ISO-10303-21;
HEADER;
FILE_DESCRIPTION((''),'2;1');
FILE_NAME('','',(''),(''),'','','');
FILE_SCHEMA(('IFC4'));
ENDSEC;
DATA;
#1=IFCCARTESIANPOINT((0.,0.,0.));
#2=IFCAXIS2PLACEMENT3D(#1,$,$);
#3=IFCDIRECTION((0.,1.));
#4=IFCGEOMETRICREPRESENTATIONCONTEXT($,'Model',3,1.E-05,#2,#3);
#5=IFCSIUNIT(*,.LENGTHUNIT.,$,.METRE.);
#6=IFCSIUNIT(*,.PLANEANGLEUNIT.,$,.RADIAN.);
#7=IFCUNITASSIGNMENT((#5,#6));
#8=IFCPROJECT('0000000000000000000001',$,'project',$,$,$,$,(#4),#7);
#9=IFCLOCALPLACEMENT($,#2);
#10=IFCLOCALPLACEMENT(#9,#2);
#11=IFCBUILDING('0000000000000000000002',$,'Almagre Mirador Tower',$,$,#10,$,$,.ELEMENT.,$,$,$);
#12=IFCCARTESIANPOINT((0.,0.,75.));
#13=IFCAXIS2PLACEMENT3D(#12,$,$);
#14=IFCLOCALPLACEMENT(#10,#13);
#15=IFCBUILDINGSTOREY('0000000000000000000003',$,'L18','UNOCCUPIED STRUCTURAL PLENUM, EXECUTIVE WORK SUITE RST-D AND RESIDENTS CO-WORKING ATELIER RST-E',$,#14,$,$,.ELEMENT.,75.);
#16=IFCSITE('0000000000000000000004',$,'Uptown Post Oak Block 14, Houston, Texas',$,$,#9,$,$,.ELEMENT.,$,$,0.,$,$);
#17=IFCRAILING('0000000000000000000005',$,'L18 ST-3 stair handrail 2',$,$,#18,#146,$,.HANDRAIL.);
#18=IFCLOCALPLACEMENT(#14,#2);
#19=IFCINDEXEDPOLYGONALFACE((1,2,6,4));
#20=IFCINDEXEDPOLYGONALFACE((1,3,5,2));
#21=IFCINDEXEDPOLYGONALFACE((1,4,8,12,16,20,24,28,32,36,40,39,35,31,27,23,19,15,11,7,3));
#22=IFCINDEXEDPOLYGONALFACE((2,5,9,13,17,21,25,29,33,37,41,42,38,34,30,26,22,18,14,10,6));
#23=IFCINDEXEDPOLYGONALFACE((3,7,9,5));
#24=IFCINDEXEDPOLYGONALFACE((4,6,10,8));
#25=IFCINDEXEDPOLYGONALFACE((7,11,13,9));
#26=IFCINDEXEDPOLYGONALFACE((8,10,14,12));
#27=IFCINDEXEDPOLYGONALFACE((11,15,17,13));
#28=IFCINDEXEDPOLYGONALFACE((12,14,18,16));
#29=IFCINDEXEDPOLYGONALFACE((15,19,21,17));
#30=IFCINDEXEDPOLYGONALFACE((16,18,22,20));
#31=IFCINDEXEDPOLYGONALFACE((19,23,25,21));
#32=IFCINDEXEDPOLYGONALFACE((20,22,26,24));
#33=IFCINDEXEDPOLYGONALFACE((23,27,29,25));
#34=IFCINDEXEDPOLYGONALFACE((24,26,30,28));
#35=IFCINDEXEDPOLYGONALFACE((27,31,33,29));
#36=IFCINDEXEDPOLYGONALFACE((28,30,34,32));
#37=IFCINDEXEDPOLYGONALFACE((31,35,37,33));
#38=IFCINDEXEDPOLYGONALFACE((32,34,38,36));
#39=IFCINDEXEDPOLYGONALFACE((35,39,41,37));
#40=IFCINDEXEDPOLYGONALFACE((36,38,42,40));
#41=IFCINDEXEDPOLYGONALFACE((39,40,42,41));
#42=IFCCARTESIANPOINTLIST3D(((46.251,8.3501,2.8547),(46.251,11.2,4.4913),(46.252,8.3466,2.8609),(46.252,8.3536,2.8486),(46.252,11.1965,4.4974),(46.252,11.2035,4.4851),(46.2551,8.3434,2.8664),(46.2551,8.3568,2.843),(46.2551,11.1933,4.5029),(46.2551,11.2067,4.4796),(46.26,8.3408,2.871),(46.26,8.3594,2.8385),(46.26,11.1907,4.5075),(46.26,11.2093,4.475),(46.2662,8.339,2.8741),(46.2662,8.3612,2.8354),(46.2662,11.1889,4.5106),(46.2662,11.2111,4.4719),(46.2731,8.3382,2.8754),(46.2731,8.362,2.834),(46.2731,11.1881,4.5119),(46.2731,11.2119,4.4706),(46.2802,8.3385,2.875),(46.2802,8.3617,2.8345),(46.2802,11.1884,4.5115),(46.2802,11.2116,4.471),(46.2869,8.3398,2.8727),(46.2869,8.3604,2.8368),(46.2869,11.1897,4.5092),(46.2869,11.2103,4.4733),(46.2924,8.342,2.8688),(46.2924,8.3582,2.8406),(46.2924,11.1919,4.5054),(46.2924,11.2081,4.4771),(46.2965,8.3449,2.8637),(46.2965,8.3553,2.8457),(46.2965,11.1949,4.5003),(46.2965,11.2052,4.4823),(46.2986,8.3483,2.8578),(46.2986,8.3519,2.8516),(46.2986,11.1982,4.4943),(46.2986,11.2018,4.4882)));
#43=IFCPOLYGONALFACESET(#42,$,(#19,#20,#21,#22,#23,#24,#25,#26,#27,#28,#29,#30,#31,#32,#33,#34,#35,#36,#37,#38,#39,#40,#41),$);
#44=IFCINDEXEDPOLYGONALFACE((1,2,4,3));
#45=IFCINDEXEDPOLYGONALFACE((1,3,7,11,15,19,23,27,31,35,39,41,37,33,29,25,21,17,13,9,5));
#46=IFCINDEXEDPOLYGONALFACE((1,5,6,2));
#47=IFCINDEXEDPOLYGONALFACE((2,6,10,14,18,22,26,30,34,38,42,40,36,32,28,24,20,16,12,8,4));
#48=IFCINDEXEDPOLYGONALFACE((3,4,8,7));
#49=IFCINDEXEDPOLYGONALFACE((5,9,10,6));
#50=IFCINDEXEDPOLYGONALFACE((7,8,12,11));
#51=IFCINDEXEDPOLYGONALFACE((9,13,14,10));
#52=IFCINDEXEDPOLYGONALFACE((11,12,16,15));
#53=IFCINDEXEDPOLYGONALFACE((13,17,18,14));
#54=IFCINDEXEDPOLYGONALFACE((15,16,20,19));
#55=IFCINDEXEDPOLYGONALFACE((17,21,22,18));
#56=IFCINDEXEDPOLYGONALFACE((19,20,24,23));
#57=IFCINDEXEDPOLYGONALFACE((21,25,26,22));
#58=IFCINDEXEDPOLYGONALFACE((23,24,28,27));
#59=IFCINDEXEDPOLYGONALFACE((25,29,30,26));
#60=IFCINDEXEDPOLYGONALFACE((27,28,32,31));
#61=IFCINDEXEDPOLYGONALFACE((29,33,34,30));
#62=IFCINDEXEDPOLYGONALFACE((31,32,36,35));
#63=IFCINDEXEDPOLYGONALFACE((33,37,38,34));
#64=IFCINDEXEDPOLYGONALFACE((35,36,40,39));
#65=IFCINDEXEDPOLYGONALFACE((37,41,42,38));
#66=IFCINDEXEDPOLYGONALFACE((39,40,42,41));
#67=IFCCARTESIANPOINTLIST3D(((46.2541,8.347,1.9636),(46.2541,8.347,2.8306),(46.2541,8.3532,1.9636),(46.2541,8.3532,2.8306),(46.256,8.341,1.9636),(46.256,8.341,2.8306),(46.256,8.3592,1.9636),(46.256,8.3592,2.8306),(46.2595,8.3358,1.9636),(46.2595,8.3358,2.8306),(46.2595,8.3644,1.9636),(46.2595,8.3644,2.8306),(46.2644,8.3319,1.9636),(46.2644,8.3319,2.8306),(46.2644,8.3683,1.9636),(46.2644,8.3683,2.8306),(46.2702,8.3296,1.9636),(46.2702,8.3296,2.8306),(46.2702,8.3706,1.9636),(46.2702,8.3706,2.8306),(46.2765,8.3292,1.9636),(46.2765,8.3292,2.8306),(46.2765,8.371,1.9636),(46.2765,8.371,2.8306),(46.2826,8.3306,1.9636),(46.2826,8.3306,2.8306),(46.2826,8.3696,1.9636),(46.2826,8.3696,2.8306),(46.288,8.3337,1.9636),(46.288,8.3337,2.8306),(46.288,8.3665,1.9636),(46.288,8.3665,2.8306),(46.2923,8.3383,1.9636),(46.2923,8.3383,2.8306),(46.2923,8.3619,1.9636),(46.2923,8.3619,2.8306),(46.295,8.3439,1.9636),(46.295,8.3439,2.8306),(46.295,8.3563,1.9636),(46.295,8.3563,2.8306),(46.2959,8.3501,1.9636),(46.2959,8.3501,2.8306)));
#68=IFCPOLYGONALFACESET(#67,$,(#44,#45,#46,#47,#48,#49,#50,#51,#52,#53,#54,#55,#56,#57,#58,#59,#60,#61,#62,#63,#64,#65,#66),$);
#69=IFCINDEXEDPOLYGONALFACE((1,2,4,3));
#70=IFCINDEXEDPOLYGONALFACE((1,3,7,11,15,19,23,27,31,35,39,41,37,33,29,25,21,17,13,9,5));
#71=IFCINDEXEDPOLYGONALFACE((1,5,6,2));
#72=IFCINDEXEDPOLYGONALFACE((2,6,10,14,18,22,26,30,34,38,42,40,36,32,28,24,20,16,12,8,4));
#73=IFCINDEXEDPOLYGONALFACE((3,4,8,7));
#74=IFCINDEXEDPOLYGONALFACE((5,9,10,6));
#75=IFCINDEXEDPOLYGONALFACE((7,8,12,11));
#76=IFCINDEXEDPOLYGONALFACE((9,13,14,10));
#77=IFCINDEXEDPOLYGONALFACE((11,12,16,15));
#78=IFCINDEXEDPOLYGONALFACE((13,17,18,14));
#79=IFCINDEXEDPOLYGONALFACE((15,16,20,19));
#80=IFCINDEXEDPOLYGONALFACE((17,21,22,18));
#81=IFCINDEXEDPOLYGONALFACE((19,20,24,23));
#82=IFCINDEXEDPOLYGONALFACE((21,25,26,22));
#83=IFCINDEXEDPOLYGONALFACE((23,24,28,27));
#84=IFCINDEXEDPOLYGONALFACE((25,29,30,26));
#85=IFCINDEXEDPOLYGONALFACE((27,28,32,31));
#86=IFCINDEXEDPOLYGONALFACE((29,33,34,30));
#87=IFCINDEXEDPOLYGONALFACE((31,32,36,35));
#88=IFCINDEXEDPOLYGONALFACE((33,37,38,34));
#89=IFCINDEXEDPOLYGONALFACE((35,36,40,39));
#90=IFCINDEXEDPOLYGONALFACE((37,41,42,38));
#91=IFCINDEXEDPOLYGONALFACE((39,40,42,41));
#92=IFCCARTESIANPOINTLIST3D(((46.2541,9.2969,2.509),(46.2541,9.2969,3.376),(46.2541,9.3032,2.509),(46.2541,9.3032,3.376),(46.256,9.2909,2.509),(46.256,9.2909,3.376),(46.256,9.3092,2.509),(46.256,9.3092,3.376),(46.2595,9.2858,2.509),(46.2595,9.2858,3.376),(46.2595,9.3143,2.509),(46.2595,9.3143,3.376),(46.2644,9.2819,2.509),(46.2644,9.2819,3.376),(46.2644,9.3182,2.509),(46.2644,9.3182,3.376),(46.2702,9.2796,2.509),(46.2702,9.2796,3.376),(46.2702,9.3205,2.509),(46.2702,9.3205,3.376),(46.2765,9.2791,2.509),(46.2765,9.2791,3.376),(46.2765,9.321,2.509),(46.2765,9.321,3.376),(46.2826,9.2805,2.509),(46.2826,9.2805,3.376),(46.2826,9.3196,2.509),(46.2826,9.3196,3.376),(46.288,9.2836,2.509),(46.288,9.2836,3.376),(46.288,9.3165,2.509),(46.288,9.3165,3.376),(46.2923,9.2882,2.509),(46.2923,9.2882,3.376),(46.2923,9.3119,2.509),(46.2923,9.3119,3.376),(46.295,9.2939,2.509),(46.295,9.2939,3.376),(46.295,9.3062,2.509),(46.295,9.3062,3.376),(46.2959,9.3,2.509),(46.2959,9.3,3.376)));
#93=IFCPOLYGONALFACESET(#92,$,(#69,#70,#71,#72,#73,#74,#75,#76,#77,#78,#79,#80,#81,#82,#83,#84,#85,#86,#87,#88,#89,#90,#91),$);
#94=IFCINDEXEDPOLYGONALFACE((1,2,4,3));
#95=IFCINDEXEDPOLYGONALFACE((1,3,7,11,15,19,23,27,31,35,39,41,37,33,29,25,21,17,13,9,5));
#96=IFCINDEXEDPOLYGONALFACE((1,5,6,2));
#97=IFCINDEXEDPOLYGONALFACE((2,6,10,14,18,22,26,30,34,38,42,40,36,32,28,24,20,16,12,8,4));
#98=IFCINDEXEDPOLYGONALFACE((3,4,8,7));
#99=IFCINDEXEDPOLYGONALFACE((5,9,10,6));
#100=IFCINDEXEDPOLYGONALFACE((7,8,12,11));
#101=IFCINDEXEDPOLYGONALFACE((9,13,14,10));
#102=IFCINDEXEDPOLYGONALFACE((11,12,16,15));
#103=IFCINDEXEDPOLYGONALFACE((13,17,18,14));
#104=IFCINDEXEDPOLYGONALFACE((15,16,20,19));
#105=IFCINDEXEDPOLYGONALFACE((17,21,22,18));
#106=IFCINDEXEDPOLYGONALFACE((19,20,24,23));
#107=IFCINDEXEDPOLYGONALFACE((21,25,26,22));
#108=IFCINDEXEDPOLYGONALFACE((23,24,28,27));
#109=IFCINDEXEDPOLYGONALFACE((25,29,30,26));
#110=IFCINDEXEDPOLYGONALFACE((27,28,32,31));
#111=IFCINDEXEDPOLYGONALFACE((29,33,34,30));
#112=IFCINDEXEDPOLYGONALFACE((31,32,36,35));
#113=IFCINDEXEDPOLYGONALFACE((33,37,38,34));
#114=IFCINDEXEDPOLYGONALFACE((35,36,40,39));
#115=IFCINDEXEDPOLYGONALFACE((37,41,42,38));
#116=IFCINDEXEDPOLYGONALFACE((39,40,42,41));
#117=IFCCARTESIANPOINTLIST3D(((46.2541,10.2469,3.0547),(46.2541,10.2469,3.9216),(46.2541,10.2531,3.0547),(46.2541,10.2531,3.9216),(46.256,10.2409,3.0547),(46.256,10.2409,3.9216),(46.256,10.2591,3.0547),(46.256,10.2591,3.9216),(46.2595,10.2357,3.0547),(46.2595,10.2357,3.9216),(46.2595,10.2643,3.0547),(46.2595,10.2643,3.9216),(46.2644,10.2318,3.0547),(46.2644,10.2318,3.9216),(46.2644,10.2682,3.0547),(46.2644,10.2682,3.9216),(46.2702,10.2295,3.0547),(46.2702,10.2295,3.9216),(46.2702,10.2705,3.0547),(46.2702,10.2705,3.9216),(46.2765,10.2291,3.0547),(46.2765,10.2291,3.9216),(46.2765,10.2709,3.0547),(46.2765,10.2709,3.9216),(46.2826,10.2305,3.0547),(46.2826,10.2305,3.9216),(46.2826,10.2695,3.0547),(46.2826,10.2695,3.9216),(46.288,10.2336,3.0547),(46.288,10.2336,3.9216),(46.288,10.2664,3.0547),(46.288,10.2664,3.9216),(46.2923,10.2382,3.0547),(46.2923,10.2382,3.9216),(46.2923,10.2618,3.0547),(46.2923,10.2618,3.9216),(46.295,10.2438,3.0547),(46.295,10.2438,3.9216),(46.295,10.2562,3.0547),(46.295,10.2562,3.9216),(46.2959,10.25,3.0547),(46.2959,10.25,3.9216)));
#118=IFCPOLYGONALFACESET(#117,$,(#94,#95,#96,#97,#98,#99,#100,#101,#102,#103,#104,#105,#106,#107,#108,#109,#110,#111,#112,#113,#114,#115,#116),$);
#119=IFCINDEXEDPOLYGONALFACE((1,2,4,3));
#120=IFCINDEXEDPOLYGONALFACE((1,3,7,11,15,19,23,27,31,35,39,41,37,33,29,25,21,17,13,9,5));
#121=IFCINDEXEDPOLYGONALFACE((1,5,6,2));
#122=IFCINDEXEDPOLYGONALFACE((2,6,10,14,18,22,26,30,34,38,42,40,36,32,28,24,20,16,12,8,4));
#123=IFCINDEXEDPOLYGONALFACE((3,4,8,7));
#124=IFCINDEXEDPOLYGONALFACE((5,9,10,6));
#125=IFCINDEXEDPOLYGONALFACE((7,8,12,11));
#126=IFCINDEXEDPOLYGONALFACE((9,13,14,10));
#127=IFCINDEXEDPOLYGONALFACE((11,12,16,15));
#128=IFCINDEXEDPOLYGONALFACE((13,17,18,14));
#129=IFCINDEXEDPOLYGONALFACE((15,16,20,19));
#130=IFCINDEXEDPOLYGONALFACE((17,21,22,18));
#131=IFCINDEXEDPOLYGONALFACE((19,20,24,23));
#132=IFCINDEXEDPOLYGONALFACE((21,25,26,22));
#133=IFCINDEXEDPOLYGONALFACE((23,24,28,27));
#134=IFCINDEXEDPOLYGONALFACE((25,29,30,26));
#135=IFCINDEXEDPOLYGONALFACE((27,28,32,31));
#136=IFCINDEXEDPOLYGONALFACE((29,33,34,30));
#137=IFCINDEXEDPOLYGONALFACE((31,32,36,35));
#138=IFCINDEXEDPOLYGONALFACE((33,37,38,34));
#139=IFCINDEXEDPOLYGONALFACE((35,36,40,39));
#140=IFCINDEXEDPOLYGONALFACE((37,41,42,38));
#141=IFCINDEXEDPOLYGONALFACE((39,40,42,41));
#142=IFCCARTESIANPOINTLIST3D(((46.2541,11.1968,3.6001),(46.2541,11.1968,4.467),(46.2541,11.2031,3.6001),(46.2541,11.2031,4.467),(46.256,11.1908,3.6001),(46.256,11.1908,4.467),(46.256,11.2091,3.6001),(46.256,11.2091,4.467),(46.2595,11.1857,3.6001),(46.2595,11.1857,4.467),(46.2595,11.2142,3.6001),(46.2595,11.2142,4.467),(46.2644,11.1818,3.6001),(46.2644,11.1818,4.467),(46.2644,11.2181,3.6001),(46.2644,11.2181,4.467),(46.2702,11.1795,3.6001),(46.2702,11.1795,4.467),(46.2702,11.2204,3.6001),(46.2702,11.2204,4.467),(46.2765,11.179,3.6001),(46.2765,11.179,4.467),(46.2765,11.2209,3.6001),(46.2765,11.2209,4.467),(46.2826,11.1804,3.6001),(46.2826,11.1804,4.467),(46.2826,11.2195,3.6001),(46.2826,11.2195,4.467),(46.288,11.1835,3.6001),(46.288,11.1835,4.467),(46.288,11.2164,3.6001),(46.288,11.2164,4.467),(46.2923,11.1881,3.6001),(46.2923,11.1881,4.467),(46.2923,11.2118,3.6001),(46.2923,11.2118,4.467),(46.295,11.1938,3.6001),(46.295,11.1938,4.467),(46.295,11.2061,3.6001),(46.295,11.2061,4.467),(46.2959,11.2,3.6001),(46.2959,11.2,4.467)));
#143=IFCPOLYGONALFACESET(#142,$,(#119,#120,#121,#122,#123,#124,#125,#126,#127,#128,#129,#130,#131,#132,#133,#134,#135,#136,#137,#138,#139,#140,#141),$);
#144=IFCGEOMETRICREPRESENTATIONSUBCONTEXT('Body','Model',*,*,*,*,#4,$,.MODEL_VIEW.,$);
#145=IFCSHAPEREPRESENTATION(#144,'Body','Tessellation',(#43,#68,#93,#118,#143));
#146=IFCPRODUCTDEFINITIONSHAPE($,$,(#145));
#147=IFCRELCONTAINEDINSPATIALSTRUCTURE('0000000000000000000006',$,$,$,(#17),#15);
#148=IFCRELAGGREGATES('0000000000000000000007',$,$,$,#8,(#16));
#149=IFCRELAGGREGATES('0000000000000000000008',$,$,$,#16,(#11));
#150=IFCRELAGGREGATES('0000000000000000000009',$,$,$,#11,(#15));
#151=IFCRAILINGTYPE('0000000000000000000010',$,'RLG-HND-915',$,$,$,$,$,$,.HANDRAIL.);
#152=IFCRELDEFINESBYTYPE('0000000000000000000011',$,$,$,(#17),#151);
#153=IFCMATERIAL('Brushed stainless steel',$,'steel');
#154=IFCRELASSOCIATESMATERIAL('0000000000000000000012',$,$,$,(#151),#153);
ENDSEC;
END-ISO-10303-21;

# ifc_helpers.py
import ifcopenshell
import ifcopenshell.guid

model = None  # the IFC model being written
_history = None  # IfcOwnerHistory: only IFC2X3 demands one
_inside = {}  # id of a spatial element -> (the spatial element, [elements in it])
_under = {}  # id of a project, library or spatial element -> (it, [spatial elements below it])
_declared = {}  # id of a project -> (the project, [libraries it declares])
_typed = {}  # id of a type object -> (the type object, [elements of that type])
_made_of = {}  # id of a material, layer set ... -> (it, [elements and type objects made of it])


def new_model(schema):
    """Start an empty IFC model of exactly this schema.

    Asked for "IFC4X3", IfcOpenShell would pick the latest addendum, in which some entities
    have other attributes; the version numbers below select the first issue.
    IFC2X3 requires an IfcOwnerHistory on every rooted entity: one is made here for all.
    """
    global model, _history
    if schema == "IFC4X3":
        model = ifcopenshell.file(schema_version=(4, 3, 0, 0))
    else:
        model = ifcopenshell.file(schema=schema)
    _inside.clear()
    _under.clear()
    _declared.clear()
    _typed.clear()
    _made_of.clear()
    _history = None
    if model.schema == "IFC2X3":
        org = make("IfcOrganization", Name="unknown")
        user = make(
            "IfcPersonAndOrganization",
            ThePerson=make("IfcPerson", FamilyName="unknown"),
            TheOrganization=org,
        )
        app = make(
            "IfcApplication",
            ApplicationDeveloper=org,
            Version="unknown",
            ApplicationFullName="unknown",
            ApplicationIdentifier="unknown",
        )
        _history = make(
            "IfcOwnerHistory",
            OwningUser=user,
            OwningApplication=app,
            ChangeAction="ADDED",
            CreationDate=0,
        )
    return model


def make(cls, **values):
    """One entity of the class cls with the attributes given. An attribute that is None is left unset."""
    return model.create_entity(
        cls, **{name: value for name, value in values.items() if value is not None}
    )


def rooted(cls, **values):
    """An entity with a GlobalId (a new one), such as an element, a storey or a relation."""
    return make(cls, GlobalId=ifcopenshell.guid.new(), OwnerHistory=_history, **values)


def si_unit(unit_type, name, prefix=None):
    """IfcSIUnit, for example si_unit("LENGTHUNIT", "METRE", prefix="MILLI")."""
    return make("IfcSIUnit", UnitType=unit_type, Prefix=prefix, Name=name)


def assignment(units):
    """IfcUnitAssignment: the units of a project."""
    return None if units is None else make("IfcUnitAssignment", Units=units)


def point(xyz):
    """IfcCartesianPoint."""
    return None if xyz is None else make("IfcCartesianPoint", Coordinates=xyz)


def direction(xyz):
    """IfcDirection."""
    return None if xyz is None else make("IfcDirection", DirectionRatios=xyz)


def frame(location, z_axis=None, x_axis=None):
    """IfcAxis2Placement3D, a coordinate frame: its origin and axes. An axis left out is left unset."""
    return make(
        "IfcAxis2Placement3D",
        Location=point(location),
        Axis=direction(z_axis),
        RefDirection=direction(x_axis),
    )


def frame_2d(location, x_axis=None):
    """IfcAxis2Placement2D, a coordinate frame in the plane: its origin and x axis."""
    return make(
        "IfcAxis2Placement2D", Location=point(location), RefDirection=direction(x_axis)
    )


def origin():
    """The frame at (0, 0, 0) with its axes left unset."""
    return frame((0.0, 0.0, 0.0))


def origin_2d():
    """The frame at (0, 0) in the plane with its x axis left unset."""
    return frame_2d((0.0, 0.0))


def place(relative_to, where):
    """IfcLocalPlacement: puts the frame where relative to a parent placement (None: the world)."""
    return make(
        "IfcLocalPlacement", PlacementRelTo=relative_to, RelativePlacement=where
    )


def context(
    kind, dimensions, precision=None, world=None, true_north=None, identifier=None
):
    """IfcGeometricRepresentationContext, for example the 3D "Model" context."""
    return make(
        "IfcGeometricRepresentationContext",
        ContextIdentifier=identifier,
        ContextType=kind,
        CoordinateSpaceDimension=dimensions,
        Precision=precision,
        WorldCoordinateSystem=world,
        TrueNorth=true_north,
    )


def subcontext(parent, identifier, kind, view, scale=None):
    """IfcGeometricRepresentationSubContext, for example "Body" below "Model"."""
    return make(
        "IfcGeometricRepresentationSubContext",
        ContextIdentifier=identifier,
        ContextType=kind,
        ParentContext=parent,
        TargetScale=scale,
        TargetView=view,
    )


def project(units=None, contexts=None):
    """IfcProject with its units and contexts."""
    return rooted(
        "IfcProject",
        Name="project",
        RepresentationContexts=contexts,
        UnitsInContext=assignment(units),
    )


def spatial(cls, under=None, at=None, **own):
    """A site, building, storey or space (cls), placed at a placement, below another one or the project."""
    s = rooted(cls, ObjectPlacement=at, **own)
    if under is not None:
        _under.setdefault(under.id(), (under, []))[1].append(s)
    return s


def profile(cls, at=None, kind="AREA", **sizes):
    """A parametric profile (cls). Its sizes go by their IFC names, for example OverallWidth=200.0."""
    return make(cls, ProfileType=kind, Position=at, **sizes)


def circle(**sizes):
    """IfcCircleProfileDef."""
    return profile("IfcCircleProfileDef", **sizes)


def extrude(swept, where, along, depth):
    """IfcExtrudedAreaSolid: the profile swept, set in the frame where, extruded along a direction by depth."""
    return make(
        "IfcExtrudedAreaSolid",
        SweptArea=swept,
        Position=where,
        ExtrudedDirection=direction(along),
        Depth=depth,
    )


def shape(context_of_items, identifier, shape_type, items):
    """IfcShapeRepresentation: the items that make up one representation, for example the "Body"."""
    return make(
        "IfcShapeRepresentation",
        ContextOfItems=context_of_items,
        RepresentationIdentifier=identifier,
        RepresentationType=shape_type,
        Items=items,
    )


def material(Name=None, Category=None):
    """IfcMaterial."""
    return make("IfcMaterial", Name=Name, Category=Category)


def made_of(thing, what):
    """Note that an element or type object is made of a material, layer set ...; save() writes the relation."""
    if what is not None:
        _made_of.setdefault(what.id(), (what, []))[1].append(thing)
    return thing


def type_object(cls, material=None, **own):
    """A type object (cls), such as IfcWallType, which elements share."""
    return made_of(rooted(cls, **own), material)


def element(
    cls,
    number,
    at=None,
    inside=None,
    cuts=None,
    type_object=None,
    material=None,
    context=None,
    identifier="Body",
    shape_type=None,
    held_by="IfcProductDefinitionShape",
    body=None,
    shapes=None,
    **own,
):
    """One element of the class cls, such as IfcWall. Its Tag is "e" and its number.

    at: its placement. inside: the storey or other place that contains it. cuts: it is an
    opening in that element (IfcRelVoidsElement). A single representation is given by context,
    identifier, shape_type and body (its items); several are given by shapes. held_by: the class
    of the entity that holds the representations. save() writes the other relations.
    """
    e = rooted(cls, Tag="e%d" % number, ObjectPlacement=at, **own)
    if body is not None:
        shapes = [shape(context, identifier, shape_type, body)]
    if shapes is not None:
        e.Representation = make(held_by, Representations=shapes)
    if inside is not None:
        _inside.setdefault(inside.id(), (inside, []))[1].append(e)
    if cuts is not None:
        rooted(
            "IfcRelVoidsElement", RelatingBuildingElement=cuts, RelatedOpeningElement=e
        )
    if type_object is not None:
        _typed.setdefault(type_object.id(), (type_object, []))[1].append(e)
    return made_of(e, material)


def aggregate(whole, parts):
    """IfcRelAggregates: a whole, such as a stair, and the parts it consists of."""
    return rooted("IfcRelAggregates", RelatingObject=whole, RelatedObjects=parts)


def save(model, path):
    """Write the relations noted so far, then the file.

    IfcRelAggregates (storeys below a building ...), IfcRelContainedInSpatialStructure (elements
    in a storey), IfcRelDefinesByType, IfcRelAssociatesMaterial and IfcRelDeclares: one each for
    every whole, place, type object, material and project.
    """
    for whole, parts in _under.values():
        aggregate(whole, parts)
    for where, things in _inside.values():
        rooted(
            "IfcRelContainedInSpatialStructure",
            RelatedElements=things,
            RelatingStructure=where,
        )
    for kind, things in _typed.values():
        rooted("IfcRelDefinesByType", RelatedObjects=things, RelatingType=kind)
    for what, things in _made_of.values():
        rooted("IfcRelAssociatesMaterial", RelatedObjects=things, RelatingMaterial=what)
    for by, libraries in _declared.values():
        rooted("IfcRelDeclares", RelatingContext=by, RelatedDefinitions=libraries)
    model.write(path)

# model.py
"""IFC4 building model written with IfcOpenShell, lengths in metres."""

from ifc_helpers import new_model, si_unit, direction, frame, origin, origin_2d, place, context, subcontext, project, spatial, circle, extrude, material, type_object, element, save


model = new_model("IFC4")

# Units and contexts
model_context = context("Model", 3, precision=1e-05, world=origin(), true_north=direction((0.0, 1.0)))
body_context = subcontext(model_context, "Body", "Model", "MODEL_VIEW")
ifc_project = project(units=[si_unit("LENGTHUNIT", "METRE"), si_unit("PLANEANGLEUNIT", "RADIAN")], contexts=[model_context])

# Site, building, storey
site_placement = place(None, origin())
site = spatial("IfcSite", under=ifc_project, at=site_placement, Name="Uptown Post Oak Block 14, Houston, Texas", CompositionType="ELEMENT", RefElevation=0.0)
building_placement = place(site_placement, origin())
building = spatial("IfcBuilding", under=site, at=building_placement, Name="Almagre Mirador Tower", CompositionType="ELEMENT")
storey_placement = place(building_placement, frame((0.0, 0.0, 75.0)))
storey = spatial("IfcBuildingStorey", under=building, at=storey_placement, Name="L18", Description="UNOCCUPIED STRUCTURAL PLENUM, EXECUTIVE WORK SUITE RST-D AND RESIDENTS CO-WORKING ATELIER RST-E", CompositionType="ELEMENT", Elevation=75.0)

# Railing
ifc_material_1 = material(Name="Brushed stainless steel", Category="steel")
railing_type_1 = type_object("IfcRailingType", Name="RLG-HND-915", PredefinedType="HANDRAIL", material=ifc_material_1)
railing_1_placement = place(storey_placement, frame((46.2749, 8.3501, 1.9636)))
element("IfcRailing", 1, at=railing_1_placement, inside=storey, type_object=railing_type_1, Name="L18 ST-3 stair handrail 2", PredefinedType="HANDRAIL", context=body_context, shape_type="SweptSolid", body=[
    extrude(circle(Radius=0.0239, at=origin_2d()), frame((0.0, 0.0, 0.8911), z_axis=(0.0, 0.867194, 0.49797), x_axis=(-1.0, 0.0, 0.0)), (0.0, 0.0, 1.0), 3.2864),
    extrude(circle(Radius=0.021, at=origin_2d()), origin(), (0.0, 0.0, 1.0), 0.8669),
    extrude(circle(Radius=0.021, at=origin_2d()), frame((0.0, 0.95, 0.5454)), (0.0, 0.0, 1.0), 0.8669),
    extrude(circle(Radius=0.021, at=origin_2d()), frame((0.0, 1.8999, 1.0911)), (0.0, 0.0, 1.0), 0.8669),
    extrude(circle(Radius=0.021, at=origin_2d()), frame((0.0, 2.8499, 1.6365)), (0.0, 0.0, 1.0), 0.8669),
])

save(model, "model.ifc")
